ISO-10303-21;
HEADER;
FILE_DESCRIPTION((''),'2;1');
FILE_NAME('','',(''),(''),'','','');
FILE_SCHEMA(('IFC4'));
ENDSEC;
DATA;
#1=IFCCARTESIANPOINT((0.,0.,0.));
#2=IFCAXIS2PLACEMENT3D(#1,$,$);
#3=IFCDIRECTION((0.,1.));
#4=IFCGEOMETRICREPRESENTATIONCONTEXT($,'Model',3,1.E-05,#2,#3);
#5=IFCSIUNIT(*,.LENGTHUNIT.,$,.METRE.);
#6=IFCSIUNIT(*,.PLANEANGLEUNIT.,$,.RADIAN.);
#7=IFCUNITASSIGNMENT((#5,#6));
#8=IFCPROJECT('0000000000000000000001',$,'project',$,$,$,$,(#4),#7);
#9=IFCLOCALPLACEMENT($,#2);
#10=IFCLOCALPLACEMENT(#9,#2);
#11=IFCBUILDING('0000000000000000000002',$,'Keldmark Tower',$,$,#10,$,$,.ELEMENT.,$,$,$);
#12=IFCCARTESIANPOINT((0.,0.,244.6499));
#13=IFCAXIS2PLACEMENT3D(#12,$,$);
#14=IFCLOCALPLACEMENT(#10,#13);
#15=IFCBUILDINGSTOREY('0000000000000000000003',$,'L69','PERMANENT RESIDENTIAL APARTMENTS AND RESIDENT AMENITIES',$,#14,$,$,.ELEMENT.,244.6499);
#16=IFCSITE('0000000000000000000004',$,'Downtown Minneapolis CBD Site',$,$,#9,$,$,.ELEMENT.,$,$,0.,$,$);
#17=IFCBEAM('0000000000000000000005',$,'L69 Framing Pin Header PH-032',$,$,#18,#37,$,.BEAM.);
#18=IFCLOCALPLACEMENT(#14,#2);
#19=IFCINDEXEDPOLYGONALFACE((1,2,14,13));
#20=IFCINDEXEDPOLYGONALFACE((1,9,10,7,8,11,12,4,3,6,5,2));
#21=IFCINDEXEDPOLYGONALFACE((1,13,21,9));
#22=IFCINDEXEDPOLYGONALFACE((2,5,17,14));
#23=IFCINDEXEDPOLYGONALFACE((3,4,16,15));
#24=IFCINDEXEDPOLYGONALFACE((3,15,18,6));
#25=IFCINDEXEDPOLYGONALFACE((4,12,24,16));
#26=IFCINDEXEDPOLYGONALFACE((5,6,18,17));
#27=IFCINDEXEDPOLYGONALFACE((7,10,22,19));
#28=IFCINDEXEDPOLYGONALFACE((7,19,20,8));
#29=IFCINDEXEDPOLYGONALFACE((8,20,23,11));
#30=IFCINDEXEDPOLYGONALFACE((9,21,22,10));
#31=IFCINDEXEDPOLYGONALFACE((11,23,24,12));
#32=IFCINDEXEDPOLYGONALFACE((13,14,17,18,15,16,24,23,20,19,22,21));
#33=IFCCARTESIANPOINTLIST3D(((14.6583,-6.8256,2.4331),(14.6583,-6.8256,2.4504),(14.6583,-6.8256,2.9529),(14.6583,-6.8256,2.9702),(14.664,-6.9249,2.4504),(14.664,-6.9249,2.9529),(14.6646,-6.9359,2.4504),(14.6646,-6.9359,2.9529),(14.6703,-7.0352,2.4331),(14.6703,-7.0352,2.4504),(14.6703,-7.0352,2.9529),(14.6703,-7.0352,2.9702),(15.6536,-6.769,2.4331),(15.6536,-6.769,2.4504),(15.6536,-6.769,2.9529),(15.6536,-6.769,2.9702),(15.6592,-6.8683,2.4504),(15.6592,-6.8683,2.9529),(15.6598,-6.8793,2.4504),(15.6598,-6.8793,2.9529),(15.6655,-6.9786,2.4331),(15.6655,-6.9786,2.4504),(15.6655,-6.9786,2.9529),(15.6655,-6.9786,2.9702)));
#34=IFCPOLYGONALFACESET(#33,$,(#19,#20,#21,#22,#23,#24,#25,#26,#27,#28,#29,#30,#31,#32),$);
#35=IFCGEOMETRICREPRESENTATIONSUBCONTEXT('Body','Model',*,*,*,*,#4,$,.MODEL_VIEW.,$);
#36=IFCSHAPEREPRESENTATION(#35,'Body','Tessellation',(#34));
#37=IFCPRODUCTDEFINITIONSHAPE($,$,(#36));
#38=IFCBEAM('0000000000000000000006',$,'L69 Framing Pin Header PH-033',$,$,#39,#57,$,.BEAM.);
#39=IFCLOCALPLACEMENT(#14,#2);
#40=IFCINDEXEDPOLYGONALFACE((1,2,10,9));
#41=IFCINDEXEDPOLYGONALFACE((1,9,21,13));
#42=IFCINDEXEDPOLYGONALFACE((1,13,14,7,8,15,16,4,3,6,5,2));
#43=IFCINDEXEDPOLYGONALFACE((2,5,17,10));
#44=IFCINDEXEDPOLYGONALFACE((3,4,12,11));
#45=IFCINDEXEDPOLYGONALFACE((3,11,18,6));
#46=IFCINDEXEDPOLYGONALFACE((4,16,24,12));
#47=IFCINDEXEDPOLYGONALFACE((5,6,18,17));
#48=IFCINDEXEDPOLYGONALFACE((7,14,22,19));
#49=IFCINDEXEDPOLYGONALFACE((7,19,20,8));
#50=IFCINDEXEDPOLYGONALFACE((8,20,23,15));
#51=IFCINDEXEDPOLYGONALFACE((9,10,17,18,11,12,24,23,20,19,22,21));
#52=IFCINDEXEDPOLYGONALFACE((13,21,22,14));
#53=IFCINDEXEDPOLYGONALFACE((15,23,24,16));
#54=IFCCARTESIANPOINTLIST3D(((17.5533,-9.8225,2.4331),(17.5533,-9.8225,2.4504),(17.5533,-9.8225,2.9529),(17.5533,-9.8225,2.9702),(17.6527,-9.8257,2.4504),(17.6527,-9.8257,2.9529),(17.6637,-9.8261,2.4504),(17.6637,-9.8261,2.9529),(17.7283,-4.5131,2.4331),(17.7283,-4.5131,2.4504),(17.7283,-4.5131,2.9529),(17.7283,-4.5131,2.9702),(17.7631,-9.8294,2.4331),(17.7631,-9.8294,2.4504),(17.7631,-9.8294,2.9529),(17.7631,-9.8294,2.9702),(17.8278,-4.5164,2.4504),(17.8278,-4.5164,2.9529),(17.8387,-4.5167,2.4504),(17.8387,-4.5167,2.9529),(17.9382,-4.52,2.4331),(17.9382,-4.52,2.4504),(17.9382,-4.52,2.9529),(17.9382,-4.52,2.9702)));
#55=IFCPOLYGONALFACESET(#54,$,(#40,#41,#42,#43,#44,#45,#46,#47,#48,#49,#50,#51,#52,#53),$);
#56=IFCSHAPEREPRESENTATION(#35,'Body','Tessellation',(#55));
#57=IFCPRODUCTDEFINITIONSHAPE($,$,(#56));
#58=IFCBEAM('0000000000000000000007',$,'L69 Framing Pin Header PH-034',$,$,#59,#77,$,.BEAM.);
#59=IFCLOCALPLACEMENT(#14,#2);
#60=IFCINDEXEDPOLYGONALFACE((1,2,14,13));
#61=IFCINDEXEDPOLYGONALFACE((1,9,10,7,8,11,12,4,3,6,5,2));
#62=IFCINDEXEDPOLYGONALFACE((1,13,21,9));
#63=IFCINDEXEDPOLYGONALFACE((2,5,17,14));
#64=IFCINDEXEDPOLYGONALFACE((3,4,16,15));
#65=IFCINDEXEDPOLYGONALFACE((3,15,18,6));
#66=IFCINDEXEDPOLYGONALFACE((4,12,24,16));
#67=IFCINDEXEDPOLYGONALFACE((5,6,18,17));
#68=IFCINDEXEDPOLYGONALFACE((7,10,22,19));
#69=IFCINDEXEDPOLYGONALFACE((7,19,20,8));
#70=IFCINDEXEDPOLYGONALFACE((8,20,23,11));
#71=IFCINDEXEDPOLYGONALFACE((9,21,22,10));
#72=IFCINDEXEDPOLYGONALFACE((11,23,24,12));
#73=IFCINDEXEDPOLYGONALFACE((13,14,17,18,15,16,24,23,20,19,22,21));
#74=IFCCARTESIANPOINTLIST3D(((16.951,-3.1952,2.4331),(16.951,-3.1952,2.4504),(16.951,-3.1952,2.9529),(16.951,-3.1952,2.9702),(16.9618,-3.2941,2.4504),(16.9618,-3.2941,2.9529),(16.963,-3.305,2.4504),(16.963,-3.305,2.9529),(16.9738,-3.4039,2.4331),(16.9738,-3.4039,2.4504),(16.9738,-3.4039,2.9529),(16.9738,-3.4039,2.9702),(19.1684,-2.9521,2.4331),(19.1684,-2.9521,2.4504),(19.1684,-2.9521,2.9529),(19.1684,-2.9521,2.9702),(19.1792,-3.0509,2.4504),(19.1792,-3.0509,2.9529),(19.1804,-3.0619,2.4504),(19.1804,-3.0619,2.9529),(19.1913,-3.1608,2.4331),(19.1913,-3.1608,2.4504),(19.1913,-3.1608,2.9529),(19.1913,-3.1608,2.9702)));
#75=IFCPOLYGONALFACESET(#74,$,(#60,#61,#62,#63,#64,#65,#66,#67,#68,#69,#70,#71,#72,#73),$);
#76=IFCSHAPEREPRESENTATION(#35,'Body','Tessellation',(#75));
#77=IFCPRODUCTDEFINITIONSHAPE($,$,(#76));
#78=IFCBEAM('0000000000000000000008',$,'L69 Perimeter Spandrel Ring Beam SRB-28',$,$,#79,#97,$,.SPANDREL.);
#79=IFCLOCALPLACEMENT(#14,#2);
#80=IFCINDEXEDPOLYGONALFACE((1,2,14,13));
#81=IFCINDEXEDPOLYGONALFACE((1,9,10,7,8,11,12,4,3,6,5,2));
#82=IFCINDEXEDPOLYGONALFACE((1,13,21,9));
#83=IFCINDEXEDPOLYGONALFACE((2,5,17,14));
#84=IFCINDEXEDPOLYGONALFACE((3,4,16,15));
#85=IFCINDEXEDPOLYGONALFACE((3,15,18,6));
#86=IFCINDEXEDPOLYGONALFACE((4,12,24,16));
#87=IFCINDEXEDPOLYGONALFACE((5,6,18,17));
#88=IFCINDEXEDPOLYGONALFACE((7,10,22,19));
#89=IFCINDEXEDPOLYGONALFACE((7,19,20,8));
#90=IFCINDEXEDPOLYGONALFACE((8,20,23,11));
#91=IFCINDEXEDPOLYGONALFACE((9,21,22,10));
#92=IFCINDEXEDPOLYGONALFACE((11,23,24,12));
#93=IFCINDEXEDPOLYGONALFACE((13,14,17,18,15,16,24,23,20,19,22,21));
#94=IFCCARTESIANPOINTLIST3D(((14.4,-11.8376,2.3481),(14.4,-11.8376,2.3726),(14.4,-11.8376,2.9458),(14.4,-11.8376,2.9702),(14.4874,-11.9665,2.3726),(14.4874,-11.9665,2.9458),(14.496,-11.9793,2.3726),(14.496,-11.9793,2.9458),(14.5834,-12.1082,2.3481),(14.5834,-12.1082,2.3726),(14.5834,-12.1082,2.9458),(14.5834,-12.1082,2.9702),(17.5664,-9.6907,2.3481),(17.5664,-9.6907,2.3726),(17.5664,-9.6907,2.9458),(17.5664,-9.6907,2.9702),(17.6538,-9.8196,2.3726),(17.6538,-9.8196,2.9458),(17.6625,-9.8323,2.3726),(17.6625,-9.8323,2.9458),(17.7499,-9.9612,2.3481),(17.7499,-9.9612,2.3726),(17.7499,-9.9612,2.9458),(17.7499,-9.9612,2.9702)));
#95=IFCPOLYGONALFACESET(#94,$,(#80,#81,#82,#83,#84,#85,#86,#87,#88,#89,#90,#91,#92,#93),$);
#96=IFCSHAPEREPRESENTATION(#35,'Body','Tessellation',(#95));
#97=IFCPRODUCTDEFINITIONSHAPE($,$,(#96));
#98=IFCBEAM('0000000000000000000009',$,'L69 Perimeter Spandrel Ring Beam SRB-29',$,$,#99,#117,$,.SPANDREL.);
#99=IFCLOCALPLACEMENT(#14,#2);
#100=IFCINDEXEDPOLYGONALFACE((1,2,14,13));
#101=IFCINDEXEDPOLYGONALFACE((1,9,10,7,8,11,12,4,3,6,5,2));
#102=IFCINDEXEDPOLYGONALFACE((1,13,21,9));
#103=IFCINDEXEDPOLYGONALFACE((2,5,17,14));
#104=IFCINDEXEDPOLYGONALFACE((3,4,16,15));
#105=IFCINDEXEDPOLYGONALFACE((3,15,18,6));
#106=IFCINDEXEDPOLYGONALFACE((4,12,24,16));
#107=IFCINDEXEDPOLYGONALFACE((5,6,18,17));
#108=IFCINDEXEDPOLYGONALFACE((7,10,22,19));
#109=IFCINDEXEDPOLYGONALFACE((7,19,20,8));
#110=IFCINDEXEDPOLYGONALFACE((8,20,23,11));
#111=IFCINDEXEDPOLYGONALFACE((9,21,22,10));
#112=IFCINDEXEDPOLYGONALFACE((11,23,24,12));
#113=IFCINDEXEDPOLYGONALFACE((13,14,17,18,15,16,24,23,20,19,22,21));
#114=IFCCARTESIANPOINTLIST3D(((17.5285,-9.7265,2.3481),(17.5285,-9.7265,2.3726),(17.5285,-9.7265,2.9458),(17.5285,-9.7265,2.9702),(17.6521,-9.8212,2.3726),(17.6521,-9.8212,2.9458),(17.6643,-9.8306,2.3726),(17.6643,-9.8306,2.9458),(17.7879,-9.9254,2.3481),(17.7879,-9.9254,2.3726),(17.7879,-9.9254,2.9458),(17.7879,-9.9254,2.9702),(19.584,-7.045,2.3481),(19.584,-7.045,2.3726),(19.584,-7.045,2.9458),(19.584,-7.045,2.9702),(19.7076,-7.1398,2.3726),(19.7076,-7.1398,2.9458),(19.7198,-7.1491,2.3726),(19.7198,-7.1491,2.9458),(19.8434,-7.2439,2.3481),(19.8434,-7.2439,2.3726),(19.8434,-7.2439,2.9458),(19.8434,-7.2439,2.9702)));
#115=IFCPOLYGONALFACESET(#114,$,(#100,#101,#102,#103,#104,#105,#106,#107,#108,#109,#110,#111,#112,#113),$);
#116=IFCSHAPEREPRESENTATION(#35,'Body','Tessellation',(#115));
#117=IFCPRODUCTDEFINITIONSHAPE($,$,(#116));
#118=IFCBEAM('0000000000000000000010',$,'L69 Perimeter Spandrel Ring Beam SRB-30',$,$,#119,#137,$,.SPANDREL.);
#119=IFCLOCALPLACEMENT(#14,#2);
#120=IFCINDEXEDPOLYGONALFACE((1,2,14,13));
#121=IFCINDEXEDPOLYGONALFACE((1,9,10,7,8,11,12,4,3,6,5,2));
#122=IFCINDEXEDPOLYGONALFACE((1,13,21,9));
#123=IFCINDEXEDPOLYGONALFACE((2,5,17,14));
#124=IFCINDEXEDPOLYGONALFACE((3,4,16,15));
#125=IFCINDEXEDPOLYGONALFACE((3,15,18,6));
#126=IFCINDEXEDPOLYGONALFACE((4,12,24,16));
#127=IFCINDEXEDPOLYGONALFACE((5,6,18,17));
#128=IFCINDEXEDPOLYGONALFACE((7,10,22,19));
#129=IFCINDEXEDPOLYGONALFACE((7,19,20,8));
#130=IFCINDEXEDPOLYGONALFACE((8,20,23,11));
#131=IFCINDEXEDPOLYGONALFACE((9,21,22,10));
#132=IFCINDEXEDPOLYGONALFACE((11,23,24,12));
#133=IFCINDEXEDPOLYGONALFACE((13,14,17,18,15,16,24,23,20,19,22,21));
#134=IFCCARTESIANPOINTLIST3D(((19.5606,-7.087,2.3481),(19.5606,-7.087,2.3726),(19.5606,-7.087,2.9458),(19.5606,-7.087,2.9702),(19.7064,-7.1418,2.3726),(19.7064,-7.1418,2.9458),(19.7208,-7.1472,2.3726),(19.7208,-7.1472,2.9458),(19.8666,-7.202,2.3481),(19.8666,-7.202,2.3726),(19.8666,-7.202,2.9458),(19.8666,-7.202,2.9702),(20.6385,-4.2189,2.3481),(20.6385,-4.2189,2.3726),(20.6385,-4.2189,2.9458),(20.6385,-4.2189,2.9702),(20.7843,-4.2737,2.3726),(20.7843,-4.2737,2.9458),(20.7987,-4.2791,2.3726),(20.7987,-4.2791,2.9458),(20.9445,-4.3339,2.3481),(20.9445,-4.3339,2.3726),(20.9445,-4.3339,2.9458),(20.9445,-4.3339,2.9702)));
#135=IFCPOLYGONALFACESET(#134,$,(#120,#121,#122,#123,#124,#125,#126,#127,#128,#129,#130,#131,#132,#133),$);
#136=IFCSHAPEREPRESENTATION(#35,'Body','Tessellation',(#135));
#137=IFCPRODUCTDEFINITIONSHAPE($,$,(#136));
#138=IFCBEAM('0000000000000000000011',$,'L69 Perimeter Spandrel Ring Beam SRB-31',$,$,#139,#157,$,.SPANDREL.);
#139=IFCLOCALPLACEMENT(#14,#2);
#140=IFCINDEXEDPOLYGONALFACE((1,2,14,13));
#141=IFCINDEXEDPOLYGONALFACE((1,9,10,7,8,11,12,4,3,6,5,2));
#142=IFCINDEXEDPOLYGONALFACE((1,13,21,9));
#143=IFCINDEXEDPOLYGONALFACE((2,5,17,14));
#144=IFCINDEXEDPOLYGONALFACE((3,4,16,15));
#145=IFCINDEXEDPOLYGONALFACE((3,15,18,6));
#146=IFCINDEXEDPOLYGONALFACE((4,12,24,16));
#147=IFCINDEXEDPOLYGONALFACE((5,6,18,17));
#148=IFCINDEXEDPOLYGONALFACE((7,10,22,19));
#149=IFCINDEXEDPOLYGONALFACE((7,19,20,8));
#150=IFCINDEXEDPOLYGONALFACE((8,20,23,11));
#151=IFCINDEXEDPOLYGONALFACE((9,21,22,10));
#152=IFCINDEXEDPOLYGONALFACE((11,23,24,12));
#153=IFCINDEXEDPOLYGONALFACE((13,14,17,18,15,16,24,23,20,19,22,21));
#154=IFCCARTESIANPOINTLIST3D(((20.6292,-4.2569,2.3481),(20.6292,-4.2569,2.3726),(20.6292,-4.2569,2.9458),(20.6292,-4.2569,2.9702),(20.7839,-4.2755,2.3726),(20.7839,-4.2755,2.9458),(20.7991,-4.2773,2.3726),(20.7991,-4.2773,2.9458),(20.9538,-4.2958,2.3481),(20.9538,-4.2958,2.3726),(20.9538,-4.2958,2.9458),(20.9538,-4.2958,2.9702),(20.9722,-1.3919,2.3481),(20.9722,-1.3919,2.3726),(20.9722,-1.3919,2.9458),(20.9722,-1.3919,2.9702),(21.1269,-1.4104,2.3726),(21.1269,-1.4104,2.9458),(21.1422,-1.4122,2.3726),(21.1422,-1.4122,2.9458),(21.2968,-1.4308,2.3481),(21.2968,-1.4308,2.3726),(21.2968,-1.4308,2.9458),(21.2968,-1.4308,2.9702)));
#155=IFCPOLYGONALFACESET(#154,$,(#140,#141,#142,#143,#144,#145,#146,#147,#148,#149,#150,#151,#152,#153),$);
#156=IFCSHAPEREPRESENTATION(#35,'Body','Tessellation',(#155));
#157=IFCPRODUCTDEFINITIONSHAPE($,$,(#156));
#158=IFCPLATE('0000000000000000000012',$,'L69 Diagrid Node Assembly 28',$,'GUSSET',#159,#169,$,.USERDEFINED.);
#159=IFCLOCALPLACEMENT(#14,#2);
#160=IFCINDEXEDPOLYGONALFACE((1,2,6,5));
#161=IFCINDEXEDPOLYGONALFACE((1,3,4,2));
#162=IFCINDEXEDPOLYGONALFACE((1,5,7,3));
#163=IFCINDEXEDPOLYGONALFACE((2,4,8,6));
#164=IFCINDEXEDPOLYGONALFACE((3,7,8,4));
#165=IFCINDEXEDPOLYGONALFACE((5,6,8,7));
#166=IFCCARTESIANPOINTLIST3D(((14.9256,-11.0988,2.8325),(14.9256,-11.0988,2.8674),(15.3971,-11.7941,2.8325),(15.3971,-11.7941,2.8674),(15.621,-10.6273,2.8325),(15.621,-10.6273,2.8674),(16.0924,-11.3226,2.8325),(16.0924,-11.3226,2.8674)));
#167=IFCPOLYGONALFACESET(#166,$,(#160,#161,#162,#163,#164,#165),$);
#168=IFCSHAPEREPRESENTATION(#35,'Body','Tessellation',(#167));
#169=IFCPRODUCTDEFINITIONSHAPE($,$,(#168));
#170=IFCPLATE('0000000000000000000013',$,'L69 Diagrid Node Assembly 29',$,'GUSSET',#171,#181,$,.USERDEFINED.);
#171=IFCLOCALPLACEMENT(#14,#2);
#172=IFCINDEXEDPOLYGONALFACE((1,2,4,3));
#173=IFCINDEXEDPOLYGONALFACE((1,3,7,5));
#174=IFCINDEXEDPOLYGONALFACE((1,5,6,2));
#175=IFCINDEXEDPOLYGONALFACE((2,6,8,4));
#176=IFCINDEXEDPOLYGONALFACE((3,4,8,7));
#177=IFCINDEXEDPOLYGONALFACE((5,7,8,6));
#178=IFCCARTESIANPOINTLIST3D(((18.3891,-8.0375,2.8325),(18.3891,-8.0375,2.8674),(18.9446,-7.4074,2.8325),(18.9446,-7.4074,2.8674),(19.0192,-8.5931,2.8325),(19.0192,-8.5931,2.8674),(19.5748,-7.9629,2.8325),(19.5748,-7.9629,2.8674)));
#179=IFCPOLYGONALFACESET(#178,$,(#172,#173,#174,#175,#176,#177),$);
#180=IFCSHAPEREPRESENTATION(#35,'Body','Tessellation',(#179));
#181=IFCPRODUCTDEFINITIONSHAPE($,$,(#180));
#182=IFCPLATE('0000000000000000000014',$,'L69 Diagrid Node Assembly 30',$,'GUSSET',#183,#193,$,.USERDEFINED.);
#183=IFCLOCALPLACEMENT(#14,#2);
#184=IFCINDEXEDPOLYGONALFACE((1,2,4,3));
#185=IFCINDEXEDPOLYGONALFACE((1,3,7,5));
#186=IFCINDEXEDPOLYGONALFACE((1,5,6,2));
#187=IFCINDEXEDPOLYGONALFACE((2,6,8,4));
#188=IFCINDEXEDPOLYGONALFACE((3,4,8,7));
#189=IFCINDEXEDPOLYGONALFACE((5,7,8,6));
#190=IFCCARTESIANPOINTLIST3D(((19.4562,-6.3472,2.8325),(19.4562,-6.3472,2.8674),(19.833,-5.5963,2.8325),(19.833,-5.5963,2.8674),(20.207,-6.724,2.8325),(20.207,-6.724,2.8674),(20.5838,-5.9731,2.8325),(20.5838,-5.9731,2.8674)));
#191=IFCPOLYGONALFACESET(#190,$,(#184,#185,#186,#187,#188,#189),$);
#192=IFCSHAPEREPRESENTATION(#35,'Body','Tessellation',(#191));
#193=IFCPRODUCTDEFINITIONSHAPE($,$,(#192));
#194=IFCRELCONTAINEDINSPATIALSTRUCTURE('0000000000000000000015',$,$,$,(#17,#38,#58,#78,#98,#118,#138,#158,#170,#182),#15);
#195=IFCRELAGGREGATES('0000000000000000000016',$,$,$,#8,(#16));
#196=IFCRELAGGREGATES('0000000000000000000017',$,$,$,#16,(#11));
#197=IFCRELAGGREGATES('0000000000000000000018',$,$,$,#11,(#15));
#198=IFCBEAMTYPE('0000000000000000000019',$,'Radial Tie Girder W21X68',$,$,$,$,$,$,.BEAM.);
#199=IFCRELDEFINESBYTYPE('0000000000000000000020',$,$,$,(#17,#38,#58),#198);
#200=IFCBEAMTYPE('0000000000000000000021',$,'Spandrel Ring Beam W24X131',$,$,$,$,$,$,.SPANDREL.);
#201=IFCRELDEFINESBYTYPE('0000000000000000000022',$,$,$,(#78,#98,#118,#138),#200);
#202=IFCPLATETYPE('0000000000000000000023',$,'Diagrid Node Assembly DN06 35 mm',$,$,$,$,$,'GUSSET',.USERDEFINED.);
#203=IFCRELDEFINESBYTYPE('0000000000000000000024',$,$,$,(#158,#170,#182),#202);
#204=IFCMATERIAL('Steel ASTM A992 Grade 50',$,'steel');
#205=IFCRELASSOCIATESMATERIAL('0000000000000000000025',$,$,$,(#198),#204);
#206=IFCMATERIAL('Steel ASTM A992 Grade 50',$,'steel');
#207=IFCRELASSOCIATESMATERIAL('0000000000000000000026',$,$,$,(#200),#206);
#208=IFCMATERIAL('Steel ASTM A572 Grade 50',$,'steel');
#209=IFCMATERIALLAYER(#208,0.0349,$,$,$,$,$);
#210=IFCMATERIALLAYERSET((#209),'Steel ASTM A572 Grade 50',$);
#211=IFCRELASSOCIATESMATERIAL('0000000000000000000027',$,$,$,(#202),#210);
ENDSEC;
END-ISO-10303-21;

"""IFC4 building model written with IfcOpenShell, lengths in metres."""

from ifc_helpers import new_model, si_unit, direction, frame, origin, origin_2d, place, context, subcontext, project, spatial, rectangle, i_section, extrude, material, layer, layer_set, material_profile, profile_set, type_object, element, save


model = new_model("IFC4")

# Units and contexts
model_context = context("Model", 3, precision=1e-05, world=origin(), true_north=direction((0.0, 1.0)))
body_context = subcontext(model_context, "Body", "Model", "MODEL_VIEW")
ifc_project = project(units=[si_unit("LENGTHUNIT", "METRE"), si_unit("PLANEANGLEUNIT", "RADIAN")], contexts=[model_context])

# Site, building, storey
site_placement = place(None, origin())
site = spatial("IfcSite", under=ifc_project, at=site_placement, Name="Downtown Minneapolis CBD Site", CompositionType="ELEMENT", RefElevation=0.0)
building_placement = place(site_placement, origin())
building = spatial("IfcBuilding", under=site, at=building_placement, Name="Keldmark Tower", CompositionType="ELEMENT")
storey_placement = place(building_placement, frame((0.0, 0.0, 244.6499)))
storey = spatial("IfcBuildingStorey", under=building, at=storey_placement, Name="L69", Description="PERMANENT RESIDENTIAL APARTMENTS AND RESIDENT AMENITIES", CompositionType="ELEMENT", Elevation=244.6499)

# Beams
ifc_material_1 = material(Name="Steel ASTM A992 Grade 50", Category="steel")
ifc_material_profile_1 = material_profile(ifc_material_1, i_section(OverallWidth=0.21, OverallDepth=0.5371, WebThickness=0.011, FlangeThickness=0.0173, at=origin_2d()), Name="W21X68")
ifc_profile_set_1 = profile_set([ifc_material_profile_1], Name="Steel ASTM A992 Grade 50")
beam_type_1 = type_object("IfcBeamType", Name="Radial Tie Girder W21X68", PredefinedType="BEAM", material=ifc_profile_set_1)
beam_1_placement = place(storey_placement, frame((14.6643, -6.9304, 2.7017), z_axis=(0.998384, 0.056827, 0.0), x_axis=(-0.056827, 0.998384, 0.0)))
element("IfcBeam", 1, at=beam_1_placement, inside=storey, type_object=beam_type_1, Name="L69 Framing Pin Header PH-032", PredefinedType="BEAM", context=body_context, shape_type="SweptSolid", body=[
    extrude(i_section(OverallWidth=0.21, OverallDepth=0.5371, WebThickness=0.011, FlangeThickness=0.0173, at=origin_2d()), origin(), (0.0, 0.0, 1.0), 0.9968),
])
beam_2_placement = place(storey_placement, frame((17.6582, -9.8259, 2.7017), z_axis=(0.032952, 0.999457, 0.0), x_axis=(-0.999457, 0.032952, 0.0)))
element("IfcBeam", 2, at=beam_2_placement, inside=storey, type_object=beam_type_1, Name="L69 Framing Pin Header PH-033", PredefinedType="BEAM", context=body_context, shape_type="SweptSolid", body=[
    extrude(i_section(OverallWidth=0.21, OverallDepth=0.5371, WebThickness=0.011, FlangeThickness=0.0173, at=origin_2d()), origin(), (0.0, 0.0, 1.0), 5.3123),
])
beam_3_placement = place(storey_placement, frame((16.9624, -3.2996, 2.7017), z_axis=(0.994042, 0.109002, 0.0), x_axis=(-0.109002, 0.994042, 0.0)))
element("IfcBeam", 3, at=beam_3_placement, inside=storey, type_object=beam_type_1, Name="L69 Framing Pin Header PH-034", PredefinedType="BEAM", context=body_context, shape_type="SweptSolid", body=[
    extrude(i_section(OverallWidth=0.21, OverallDepth=0.5371, WebThickness=0.011, FlangeThickness=0.0173, at=origin_2d()), origin(), (0.0, 0.0, 1.0), 2.2307),
])
ifc_material_2 = material(Name="Steel ASTM A992 Grade 50", Category="steel")
ifc_material_profile_2 = material_profile(ifc_material_2, i_section(OverallWidth=0.3269, OverallDepth=0.6221, WebThickness=0.0154, FlangeThickness=0.0244, at=origin_2d()), Name="W24X131")
ifc_profile_set_2 = profile_set([ifc_material_profile_2], Name="Steel ASTM A992 Grade 50")
beam_type_2 = type_object("IfcBeamType", Name="Spandrel Ring Beam W24X131", PredefinedType="SPANDREL", material=ifc_profile_set_2)
beam_4_placement = place(storey_placement, frame((14.4917, -11.9729, 2.6592), z_axis=(0.827685, 0.561192, 0.0), x_axis=(-0.561192, 0.827685, 0.0)))
element("IfcBeam", 4, at=beam_4_placement, inside=storey, type_object=beam_type_2, Name="L69 Perimeter Spandrel Ring Beam SRB-28", PredefinedType="SPANDREL", context=body_context, shape_type="SweptSolid", body=[
    extrude(i_section(OverallWidth=0.3269, OverallDepth=0.6221, WebThickness=0.0154, FlangeThickness=0.0244, at=origin_2d()), origin(), (0.0, 0.0, 1.0), 3.8257),
])
beam_5_placement = place(storey_placement, frame((17.6582, -9.8259, 2.6592), z_axis=(0.608372, 0.793652, 0.0), x_axis=(-0.793652, 0.608372, 0.0)))
element("IfcBeam", 5, at=beam_5_placement, inside=storey, type_object=beam_type_2, Name="L69 Perimeter Spandrel Ring Beam SRB-29", PredefinedType="SPANDREL", context=body_context, shape_type="SweptSolid", body=[
    extrude(i_section(OverallWidth=0.3269, OverallDepth=0.6221, WebThickness=0.0154, FlangeThickness=0.0244, at=origin_2d()), origin(), (0.0, 0.0, 1.0), 3.3787),
])
beam_6_placement = place(storey_placement, frame((19.7136, -7.1445, 2.6592), z_axis=(0.351787, 0.93608, 0.0), x_axis=(-0.93608, 0.351787, 0.0)))
element("IfcBeam", 6, at=beam_6_placement, inside=storey, type_object=beam_type_2, Name="L69 Perimeter Spandrel Ring Beam SRB-30", PredefinedType="SPANDREL", context=body_context, shape_type="SweptSolid", body=[
    extrude(i_section(OverallWidth=0.3269, OverallDepth=0.6221, WebThickness=0.0154, FlangeThickness=0.0244, at=origin_2d()), origin(), (0.0, 0.0, 1.0), 3.064),
])
beam_7_placement = place(storey_placement, frame((20.7915, -4.2764, 2.6592), z_axis=(0.118878, 0.992909, 0.0), x_axis=(-0.992909, 0.118878, 0.0)))
element("IfcBeam", 7, at=beam_7_placement, inside=storey, type_object=beam_type_2, Name="L69 Perimeter Spandrel Ring Beam SRB-31", PredefinedType="SPANDREL", context=body_context, shape_type="SweptSolid", body=[
    extrude(i_section(OverallWidth=0.3269, OverallDepth=0.6221, WebThickness=0.0154, FlangeThickness=0.0244, at=origin_2d()), origin(), (0.0, 0.0, 1.0), 2.8855),
])

# Plates
ifc_material_3 = material(Name="Steel ASTM A572 Grade 50", Category="steel")
ifc_layer_1 = layer(ifc_material_3, 0.0349)
ifc_layer_set_1 = layer_set([ifc_layer_1], Name="Steel ASTM A572 Grade 50")
plate_type = type_object("IfcPlateType", Name="Diagrid Node Assembly DN06 35 mm", ElementType="GUSSET", PredefinedType="USERDEFINED", material=ifc_layer_set_1)
for number, where, z_axis, x_axis, name in (
    (8, (15.509, -11.2107, 2.8325), (0.0, 0.0, 1.0), (0.827669, 0.561217, 0.0), "L69 Diagrid Node Assembly 28"),
    (9, (18.9819, -8.0002, 2.8325), (0.0, 0.0, 1.0), (0.661312, 0.750111, 0.0), "L69 Diagrid Node Assembly 29"),
    (10, (20.02, -6.1602, 2.8325), (0.0, 0.0, 1.0), (0.448539, 0.893763, 0.0), "L69 Diagrid Node Assembly 30"),
):
    element("IfcPlate", number, at=place(storey_placement, frame(where, z_axis=z_axis, x_axis=x_axis)), inside=storey, type_object=plate_type, Name=name, ObjectType="GUSSET", PredefinedType="USERDEFINED", context=body_context, shape_type="SweptSolid", body=[
        extrude(rectangle(XDim=0.8401, YDim=0.8401, at=origin_2d()), origin(), (0.0, 0.0, 1.0), 0.0349),
    ])

save(model, "model.ifc")
